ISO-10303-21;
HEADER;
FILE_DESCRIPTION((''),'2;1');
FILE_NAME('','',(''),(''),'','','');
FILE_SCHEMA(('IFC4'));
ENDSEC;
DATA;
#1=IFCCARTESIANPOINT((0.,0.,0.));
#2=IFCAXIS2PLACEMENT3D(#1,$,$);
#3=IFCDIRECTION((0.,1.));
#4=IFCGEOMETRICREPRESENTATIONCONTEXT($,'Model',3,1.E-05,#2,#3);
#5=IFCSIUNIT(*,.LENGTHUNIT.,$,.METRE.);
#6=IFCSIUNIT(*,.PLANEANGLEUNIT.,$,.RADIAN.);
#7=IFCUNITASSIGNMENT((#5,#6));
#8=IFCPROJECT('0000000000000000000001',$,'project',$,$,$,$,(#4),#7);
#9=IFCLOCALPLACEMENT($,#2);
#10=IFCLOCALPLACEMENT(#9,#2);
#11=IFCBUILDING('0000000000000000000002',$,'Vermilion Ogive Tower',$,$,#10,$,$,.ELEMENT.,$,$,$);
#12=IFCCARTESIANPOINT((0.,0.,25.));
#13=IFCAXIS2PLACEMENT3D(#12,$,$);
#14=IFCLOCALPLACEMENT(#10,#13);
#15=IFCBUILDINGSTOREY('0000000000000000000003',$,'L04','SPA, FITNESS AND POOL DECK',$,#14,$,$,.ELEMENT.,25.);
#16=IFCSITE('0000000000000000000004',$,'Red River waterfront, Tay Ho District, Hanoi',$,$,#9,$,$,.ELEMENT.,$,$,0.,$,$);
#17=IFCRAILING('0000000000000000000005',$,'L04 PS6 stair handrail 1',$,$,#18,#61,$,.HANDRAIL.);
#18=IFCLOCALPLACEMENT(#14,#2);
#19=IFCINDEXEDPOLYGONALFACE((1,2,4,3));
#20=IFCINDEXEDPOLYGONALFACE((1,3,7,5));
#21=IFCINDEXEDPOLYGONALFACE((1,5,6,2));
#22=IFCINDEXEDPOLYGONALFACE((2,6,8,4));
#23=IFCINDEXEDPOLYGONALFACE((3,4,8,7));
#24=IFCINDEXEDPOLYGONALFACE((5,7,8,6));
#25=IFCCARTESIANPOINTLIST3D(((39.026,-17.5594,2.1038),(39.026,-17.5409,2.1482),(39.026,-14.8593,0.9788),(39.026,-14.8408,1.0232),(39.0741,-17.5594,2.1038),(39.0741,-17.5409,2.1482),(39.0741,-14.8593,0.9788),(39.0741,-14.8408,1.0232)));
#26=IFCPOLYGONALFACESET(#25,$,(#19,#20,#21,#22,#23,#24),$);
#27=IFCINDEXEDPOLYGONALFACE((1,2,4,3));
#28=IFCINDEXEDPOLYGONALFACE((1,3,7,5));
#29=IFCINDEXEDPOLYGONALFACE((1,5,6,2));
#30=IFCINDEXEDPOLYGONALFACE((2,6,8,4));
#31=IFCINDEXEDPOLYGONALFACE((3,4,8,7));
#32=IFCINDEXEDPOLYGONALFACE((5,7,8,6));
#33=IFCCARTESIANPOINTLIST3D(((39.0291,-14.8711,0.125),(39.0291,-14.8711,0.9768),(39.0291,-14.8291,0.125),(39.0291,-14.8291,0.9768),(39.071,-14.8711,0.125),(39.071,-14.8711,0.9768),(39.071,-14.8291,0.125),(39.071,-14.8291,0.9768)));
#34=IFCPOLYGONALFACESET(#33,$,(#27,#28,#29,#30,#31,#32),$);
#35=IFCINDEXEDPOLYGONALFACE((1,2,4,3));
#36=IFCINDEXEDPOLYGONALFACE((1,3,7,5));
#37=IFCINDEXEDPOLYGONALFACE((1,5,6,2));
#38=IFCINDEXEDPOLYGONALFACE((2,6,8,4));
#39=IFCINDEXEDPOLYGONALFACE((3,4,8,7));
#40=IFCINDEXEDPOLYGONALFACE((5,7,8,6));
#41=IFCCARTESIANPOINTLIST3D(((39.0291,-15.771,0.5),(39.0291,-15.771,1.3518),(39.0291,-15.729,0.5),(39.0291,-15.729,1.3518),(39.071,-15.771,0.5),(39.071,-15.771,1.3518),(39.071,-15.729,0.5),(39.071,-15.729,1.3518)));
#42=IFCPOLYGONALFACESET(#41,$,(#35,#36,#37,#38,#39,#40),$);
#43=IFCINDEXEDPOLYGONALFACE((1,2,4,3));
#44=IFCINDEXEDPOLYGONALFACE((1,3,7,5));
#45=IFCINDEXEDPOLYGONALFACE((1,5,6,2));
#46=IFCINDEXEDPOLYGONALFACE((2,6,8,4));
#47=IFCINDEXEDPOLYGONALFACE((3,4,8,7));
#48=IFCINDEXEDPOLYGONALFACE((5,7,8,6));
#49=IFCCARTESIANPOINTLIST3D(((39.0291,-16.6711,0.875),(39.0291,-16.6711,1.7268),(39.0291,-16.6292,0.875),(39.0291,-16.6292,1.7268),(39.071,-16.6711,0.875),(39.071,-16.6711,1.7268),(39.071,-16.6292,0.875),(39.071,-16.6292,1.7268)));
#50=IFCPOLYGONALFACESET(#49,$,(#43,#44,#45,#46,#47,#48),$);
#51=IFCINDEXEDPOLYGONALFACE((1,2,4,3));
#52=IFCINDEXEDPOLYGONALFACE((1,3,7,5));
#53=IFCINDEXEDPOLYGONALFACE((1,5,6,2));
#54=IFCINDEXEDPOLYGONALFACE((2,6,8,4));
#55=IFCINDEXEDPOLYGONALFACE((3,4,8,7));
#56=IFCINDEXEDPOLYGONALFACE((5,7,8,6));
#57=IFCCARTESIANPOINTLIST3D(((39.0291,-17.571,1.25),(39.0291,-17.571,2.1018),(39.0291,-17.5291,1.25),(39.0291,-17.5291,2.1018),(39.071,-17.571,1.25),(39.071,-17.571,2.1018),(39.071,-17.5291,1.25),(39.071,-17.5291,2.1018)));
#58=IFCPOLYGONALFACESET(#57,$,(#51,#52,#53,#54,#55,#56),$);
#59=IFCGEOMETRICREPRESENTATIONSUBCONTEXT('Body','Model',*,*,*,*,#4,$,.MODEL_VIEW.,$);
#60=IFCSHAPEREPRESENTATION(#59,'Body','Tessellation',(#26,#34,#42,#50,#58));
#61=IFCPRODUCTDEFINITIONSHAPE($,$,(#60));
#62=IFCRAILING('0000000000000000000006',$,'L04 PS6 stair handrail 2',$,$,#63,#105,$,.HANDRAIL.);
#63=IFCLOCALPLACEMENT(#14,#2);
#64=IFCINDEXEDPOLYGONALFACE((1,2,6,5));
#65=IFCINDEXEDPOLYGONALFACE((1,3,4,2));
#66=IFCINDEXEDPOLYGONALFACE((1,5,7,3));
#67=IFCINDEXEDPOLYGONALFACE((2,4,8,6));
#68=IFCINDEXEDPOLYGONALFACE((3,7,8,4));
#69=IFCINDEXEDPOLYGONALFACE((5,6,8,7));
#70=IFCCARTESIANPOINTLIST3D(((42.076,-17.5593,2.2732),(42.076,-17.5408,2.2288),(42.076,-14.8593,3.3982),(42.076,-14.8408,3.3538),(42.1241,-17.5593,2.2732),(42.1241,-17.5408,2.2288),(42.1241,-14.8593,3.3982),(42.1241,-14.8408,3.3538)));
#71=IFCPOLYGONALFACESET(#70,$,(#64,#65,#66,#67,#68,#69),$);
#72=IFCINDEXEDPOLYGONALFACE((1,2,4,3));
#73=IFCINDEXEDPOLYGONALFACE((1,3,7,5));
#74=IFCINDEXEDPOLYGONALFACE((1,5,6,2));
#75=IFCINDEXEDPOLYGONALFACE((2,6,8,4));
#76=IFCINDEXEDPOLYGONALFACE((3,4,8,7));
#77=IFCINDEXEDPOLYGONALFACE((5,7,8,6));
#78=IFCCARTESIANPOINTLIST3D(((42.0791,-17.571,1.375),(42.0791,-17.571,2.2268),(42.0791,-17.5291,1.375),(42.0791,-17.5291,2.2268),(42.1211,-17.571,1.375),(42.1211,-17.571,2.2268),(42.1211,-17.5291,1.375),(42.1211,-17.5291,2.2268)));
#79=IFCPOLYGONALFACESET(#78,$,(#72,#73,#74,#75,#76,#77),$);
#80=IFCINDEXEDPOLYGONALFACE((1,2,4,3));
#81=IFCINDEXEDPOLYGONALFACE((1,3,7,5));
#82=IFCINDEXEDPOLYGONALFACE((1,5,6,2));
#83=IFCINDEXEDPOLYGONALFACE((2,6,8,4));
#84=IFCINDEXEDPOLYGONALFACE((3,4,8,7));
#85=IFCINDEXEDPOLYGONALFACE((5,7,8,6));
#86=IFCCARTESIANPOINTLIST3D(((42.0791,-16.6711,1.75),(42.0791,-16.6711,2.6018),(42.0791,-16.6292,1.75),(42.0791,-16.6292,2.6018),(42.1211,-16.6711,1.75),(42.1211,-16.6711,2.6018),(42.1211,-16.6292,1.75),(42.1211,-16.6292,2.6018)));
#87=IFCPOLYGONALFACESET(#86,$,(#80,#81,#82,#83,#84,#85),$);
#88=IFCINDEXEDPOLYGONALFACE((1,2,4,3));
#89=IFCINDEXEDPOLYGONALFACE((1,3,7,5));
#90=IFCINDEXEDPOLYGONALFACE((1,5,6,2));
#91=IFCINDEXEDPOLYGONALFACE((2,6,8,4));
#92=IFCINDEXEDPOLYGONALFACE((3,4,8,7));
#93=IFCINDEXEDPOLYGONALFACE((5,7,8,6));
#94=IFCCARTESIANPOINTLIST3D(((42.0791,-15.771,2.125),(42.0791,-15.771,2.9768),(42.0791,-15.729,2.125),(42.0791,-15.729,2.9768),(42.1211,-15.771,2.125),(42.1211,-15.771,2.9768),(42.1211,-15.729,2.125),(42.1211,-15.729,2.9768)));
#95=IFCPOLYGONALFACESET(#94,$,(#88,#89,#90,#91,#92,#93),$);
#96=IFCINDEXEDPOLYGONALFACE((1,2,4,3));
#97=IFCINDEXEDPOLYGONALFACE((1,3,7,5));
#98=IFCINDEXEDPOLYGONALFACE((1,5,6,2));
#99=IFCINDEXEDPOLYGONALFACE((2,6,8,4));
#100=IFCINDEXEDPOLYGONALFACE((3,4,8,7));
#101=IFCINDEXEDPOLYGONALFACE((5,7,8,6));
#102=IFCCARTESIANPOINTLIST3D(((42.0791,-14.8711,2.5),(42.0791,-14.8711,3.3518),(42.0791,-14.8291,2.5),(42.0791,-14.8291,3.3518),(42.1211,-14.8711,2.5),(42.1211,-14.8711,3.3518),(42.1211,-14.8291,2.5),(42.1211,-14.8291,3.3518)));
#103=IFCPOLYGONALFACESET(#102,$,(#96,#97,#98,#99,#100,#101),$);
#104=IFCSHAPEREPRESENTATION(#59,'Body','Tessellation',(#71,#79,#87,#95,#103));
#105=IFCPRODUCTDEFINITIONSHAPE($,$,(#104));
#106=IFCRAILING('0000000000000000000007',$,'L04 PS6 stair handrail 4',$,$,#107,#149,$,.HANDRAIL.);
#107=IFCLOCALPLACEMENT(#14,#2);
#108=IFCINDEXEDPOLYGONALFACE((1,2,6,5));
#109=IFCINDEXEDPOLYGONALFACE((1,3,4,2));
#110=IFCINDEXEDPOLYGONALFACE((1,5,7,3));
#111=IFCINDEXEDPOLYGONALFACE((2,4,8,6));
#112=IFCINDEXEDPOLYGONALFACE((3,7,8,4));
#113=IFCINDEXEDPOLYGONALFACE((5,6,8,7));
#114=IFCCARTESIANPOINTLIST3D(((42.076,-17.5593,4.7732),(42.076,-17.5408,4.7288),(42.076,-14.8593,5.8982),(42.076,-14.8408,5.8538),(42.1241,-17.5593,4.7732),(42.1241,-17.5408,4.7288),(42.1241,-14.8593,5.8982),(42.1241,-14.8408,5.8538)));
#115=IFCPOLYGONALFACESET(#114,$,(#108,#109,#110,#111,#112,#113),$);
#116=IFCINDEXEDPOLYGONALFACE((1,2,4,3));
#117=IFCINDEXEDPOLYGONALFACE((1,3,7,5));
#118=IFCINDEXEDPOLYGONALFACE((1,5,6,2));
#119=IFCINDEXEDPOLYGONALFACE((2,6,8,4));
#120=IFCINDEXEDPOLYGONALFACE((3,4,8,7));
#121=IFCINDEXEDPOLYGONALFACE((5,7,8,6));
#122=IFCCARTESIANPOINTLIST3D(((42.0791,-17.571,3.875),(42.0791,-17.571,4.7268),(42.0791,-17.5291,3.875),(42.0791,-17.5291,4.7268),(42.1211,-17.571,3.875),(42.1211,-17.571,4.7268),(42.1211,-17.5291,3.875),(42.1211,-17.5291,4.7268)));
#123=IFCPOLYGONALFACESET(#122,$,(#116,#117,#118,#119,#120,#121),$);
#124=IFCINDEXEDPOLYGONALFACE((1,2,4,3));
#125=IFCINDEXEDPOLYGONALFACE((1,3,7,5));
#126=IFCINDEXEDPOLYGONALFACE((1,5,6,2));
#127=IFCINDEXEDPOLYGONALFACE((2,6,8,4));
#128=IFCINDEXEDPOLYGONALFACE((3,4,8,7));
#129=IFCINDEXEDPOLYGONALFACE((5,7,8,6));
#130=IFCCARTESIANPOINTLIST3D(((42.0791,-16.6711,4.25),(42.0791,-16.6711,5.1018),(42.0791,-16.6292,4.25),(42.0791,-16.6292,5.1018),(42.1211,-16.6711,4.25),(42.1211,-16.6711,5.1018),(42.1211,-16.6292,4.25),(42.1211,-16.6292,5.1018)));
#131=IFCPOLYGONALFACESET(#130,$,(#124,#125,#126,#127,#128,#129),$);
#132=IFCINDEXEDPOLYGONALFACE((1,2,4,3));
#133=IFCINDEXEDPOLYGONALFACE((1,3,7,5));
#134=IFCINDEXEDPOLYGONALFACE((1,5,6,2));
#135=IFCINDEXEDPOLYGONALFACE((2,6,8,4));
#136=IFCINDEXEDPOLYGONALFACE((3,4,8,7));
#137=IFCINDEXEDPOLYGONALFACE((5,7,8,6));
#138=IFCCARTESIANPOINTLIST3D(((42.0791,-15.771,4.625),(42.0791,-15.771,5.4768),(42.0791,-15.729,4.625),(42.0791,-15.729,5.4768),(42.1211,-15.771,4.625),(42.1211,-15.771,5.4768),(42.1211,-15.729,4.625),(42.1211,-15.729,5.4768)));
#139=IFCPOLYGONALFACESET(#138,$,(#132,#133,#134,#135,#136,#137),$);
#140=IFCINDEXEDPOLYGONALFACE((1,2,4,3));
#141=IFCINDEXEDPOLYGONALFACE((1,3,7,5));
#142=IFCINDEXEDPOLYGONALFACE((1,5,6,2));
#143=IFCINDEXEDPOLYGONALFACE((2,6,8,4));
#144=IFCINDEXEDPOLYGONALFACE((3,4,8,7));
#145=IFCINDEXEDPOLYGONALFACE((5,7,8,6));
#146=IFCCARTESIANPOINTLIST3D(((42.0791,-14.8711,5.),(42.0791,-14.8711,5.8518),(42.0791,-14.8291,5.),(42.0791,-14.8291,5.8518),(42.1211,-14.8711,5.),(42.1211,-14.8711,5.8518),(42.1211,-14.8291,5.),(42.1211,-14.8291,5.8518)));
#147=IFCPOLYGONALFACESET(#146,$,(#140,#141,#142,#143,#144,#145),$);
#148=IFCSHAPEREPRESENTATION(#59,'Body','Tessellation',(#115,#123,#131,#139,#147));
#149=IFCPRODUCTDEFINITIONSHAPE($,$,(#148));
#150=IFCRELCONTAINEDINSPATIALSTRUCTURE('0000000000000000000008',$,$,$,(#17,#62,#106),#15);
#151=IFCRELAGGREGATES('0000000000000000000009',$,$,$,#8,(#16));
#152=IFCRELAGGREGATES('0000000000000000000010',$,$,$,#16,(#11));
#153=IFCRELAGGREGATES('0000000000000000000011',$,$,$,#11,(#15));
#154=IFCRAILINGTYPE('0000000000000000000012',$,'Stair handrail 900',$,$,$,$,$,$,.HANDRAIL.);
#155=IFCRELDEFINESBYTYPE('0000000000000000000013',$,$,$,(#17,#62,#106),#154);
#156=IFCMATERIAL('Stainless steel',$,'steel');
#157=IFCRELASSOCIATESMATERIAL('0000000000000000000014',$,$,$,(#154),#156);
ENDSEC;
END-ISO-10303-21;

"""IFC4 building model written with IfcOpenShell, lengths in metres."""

from ifc_helpers import new_model, si_unit, direction, frame, origin, origin_2d, place, context, subcontext, project, spatial, rectangle, extrude, material, type_object, element, save


model = new_model("IFC4")

# Units and contexts
model_context = context("Model", 3, precision=1e-05, world=origin(), true_north=direction((0.0, 1.0)))
body_context = subcontext(model_context, "Body", "Model", "MODEL_VIEW")
ifc_project = project(units=[si_unit("LENGTHUNIT", "METRE"), si_unit("PLANEANGLEUNIT", "RADIAN")], contexts=[model_context])

# Site, building, storey
site_placement = place(None, origin())
site = spatial("IfcSite", under=ifc_project, at=site_placement, Name="Red River waterfront, Tay Ho District, Hanoi", CompositionType="ELEMENT", RefElevation=0.0)
building_placement = place(site_placement, origin())
building = spatial("IfcBuilding", under=site, at=building_placement, Name="Vermilion Ogive Tower", CompositionType="ELEMENT")
storey_placement = place(building_placement, frame((0.0, 0.0, 25.0)))
storey = spatial("IfcBuildingStorey", under=building, at=storey_placement, Name="L04", Description="SPA, FITNESS AND POOL DECK", CompositionType="ELEMENT", Elevation=25.0)

# Railings
ifc_material_1 = material(Name="Stainless steel", Category="steel")
railing_type_1 = type_object("IfcRailingType", Name="Stair handrail 900", PredefinedType="HANDRAIL", material=ifc_material_1)
railing_1_placement = place(storey_placement, frame((39.05, -14.8501, 0.125)))
element("IfcRailing", 1, at=railing_1_placement, inside=storey, type_object=railing_type_1, Name="L04 PS6 stair handrail 1", PredefinedType="HANDRAIL", context=body_context, shape_type="SweptSolid", body=[
    extrude(rectangle(XDim=0.0481, YDim=0.0481, at=origin_2d()), frame((0.0, 0.0, 0.876), z_axis=(0.0, -0.923074, 0.384621), x_axis=(1.0, 0.0, 0.0)), (0.0, 0.0, 1.0), 2.925),
    extrude(rectangle(XDim=0.042, YDim=0.042, at=origin_2d()), origin(), (0.0, 0.0, 1.0), 0.8518),
    extrude(rectangle(XDim=0.042, YDim=0.042, at=origin_2d()), frame((0.0, -0.8999, 0.375)), (0.0, 0.0, 1.0), 0.8518),
    extrude(rectangle(XDim=0.042, YDim=0.042, at=origin_2d()), frame((0.0, -1.8, 0.75)), (0.0, 0.0, 1.0), 0.8518),
    extrude(rectangle(XDim=0.042, YDim=0.042, at=origin_2d()), frame((0.0, -2.7, 1.125)), (0.0, 0.0, 1.0), 0.8518),
])
for number, where, name in (
    (2, (42.1001, -17.55, 1.375), "L04 PS6 stair handrail 2"),
    (3, (42.1001, -17.55, 3.875), "L04 PS6 stair handrail 4"),
):
    element("IfcRailing", number, at=place(storey_placement, frame(where)), inside=storey, type_object=railing_type_1, Name=name, PredefinedType="HANDRAIL", context=body_context, shape_type="SweptSolid", body=[
        extrude(rectangle(XDim=0.0481, YDim=0.0481, at=origin_2d()), frame((0.0, 0.0, 0.876), z_axis=(0.0, 0.923074, 0.384621), x_axis=(-1.0, 0.0, 0.0)), (0.0, 0.0, 1.0), 2.925),
        extrude(rectangle(XDim=0.042, YDim=0.042, at=origin_2d()), origin(), (0.0, 0.0, 1.0), 0.8518),
        extrude(rectangle(XDim=0.042, YDim=0.042, at=origin_2d()), frame((0.0, 0.8999, 0.375)), (0.0, 0.0, 1.0), 0.8518),
        extrude(rectangle(XDim=0.042, YDim=0.042, at=origin_2d()), frame((0.0, 1.8, 0.75)), (0.0, 0.0, 1.0), 0.8518),
        extrude(rectangle(XDim=0.042, YDim=0.042, at=origin_2d()), frame((0.0, 2.7, 1.125)), (0.0, 0.0, 1.0), 0.8518),
    ])

save(model, "model.ifc")
